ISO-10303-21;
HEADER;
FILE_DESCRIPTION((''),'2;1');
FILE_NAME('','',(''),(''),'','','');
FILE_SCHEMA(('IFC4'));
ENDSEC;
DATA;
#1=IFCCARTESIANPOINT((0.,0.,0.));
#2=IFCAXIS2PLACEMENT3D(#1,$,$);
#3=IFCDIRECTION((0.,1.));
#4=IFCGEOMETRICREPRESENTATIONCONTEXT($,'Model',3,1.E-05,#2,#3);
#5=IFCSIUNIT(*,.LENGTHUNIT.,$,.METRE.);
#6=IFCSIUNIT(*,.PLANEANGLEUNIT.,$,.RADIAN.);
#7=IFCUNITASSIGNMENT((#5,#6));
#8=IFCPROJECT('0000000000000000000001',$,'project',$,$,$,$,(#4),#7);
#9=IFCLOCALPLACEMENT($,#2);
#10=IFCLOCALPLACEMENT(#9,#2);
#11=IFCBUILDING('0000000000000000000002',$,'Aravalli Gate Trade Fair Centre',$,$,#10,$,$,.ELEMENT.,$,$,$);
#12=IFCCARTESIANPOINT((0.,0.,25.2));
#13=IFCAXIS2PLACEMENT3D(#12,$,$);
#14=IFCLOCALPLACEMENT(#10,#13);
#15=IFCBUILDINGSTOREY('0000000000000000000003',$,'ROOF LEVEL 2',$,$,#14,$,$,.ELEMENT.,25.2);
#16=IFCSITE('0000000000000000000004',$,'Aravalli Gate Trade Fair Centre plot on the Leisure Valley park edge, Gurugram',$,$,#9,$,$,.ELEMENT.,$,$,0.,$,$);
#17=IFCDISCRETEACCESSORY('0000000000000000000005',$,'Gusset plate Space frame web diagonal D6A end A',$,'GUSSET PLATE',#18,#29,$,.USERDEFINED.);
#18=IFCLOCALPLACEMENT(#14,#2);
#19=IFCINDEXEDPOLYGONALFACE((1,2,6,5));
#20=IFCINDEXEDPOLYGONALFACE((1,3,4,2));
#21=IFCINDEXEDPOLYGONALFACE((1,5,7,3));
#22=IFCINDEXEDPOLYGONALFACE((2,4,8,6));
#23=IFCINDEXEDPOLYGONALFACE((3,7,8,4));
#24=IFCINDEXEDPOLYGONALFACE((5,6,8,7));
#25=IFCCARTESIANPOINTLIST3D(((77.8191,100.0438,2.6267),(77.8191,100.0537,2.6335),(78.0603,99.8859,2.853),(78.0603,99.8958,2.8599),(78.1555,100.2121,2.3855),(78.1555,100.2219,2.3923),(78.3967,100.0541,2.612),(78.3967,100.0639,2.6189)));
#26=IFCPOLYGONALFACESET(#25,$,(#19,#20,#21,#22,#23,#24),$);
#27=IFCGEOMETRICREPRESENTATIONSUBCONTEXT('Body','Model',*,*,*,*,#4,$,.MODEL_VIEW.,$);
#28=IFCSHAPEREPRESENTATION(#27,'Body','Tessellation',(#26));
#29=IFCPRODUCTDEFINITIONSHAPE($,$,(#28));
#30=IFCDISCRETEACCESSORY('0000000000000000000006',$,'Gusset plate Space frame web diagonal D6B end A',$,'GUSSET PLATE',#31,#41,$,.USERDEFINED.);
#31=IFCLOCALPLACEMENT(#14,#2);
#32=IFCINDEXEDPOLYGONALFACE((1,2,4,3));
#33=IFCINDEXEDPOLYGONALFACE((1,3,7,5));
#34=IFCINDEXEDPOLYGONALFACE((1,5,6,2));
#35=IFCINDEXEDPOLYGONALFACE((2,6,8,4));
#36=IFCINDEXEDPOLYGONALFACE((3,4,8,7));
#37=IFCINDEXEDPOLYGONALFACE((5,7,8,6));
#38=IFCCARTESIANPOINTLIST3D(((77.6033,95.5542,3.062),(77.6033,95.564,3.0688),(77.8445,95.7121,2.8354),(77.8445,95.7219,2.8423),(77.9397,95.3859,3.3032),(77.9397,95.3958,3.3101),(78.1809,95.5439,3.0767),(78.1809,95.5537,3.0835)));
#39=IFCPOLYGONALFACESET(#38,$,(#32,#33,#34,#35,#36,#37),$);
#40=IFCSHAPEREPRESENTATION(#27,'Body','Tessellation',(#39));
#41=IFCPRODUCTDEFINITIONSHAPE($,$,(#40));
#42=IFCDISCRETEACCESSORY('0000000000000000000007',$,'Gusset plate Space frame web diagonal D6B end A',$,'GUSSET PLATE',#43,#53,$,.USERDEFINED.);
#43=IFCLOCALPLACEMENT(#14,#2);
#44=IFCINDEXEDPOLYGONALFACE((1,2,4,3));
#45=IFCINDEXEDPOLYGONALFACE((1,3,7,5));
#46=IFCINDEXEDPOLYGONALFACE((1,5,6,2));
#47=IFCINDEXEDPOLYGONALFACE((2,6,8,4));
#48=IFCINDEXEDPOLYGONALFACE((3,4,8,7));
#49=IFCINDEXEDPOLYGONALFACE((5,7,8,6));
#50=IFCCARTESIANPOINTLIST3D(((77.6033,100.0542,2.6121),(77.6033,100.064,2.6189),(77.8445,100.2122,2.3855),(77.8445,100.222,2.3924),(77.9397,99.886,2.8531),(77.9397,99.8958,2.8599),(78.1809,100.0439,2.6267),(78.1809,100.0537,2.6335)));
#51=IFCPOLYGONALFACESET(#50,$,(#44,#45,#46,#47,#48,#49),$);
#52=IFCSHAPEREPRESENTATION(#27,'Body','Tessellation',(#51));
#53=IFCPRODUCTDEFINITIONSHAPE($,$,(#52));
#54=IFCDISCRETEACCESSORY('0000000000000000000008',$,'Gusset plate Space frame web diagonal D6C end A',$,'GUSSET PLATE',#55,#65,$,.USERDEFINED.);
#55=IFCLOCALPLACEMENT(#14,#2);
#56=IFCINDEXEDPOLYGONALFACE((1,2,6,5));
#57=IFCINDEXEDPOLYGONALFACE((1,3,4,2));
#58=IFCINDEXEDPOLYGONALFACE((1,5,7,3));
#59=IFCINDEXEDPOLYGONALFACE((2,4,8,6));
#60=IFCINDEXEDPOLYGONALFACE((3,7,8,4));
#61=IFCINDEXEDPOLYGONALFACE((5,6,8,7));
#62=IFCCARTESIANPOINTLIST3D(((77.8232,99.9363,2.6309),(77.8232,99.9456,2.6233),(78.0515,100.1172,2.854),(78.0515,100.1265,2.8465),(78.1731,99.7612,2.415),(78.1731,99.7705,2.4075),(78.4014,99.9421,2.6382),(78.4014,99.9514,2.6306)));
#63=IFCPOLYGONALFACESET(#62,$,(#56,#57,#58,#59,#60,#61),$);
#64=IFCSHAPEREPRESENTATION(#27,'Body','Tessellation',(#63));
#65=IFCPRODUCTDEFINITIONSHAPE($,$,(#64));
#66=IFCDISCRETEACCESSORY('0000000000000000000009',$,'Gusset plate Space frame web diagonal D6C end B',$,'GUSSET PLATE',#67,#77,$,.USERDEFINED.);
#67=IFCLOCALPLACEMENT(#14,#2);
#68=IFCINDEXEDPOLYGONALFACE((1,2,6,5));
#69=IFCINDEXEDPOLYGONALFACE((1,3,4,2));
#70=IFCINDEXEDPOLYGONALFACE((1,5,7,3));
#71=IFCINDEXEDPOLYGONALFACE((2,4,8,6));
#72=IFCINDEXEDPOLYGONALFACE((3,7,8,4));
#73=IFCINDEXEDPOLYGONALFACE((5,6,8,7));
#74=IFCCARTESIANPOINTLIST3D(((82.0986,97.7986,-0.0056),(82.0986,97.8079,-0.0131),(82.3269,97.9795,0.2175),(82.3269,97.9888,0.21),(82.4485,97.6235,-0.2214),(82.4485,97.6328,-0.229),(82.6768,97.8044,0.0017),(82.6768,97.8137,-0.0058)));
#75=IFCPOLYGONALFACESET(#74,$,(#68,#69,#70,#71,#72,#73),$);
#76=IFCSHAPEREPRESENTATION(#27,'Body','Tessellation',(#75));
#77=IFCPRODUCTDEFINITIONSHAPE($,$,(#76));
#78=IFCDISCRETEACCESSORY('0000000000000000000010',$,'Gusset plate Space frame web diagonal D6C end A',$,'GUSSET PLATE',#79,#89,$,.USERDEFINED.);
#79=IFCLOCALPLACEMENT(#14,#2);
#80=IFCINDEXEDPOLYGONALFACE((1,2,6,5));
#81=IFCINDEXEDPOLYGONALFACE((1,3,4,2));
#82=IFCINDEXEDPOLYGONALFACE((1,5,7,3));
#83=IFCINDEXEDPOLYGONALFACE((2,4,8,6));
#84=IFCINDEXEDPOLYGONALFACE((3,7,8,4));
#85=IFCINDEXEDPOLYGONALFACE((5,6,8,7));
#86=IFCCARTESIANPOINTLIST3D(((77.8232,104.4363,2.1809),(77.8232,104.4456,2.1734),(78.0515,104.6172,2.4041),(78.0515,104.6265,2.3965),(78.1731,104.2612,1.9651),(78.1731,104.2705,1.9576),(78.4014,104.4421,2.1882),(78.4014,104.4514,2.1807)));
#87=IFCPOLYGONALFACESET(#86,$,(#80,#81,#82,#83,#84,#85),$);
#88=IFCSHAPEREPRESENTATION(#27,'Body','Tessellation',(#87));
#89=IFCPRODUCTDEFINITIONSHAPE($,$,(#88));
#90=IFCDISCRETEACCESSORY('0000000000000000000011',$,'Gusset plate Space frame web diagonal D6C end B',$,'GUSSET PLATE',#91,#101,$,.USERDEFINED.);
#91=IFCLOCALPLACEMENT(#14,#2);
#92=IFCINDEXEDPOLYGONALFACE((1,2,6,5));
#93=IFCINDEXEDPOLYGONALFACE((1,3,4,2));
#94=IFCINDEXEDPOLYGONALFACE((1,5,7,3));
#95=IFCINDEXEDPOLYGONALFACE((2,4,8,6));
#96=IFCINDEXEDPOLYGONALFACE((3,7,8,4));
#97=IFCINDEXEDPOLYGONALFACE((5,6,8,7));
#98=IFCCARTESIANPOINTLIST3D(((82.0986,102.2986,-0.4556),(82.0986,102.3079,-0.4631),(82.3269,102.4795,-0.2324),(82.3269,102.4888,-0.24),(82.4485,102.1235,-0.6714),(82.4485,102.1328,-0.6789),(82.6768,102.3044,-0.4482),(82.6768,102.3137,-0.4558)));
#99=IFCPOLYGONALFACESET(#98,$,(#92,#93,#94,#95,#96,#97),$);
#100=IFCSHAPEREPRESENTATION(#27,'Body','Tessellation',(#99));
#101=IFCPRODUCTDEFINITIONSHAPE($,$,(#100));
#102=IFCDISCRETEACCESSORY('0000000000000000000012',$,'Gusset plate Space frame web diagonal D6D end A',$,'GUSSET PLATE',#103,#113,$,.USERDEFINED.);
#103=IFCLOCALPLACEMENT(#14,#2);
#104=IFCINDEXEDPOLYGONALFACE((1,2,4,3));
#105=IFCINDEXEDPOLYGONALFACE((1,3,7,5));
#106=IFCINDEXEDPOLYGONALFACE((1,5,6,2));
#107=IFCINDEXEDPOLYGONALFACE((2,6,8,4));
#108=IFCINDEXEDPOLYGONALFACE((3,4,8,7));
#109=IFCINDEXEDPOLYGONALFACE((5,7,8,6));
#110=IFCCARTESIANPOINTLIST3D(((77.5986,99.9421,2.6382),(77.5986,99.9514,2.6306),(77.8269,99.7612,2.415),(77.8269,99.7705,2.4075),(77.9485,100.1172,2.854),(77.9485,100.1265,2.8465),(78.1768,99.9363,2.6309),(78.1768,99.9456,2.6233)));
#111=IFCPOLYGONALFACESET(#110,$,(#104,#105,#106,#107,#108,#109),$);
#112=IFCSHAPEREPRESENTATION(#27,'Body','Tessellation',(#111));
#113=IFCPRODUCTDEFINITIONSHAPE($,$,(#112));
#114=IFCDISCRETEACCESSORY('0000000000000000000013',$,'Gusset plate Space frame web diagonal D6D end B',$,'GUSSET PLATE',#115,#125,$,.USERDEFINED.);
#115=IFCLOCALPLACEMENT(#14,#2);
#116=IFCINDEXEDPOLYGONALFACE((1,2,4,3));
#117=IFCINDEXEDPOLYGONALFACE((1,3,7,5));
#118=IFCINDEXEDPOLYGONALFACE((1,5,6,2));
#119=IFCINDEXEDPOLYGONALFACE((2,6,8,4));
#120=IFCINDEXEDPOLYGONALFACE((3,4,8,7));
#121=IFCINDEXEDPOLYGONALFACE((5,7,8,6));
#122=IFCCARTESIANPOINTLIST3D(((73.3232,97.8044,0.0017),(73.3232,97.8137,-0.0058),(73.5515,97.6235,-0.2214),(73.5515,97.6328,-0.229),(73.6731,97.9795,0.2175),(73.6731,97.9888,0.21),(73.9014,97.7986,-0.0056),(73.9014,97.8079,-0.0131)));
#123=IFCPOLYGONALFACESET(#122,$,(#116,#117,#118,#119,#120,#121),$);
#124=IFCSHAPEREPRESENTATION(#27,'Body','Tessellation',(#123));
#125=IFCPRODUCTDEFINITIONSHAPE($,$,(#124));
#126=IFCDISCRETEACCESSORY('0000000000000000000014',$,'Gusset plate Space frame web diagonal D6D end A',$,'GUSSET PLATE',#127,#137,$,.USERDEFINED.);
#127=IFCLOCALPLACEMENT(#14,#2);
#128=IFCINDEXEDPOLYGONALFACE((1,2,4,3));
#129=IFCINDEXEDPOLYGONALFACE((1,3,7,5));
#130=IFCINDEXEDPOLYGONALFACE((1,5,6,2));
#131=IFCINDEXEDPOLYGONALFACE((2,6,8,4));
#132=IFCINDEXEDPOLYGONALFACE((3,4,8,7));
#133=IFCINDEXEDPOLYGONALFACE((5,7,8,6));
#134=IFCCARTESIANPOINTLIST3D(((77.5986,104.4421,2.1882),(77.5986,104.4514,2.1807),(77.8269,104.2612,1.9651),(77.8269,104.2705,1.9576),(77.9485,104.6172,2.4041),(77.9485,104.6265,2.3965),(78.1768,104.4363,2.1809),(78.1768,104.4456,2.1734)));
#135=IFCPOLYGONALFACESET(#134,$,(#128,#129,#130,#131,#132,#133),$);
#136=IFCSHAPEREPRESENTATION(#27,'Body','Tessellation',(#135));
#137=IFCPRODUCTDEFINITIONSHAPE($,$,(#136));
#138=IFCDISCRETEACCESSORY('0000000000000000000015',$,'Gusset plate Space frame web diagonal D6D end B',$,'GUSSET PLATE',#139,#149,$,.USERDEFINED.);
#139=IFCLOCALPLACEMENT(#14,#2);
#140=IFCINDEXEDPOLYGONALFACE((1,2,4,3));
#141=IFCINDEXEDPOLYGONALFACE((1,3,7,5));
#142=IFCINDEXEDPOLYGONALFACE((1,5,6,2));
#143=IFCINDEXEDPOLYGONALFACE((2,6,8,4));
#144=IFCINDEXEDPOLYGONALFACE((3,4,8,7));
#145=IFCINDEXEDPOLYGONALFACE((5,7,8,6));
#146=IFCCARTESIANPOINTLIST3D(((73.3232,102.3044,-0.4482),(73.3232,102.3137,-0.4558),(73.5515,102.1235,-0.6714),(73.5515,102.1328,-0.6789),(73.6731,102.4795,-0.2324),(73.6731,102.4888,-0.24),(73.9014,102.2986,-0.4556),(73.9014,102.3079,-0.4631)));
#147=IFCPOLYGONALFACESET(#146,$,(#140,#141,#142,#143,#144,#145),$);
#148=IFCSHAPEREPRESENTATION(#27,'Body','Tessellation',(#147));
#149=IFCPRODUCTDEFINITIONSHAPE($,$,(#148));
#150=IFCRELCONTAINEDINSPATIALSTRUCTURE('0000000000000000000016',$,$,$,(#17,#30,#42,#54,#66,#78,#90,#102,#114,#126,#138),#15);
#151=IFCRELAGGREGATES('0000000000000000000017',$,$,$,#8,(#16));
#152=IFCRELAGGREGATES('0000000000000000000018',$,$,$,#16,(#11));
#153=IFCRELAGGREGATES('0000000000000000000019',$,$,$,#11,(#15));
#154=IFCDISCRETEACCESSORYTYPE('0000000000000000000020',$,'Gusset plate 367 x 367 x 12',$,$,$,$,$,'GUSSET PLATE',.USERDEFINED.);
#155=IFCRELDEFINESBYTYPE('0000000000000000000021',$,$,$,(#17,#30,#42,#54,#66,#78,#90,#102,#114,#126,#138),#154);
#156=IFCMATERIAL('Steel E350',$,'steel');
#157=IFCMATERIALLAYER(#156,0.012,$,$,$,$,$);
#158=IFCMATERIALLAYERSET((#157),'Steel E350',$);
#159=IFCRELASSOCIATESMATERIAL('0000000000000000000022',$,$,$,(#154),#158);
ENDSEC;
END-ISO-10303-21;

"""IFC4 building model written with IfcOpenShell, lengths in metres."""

from ifc_helpers import new_model, si_unit, direction, frame, origin, place, context, subcontext, project, spatial, polyline, outline, extrude, material, layer, layer_set, type_object, element, save


model = new_model("IFC4")

# Units and contexts
model_context = context("Model", 3, precision=1e-05, world=origin(), true_north=direction((0.0, 1.0)))
body_context = subcontext(model_context, "Body", "Model", "MODEL_VIEW")
ifc_project = project(units=[si_unit("LENGTHUNIT", "METRE"), si_unit("PLANEANGLEUNIT", "RADIAN")], contexts=[model_context])

# Site, building, storey
site_placement = place(None, origin())
site = spatial("IfcSite", under=ifc_project, at=site_placement, Name="Aravalli Gate Trade Fair Centre plot on the Leisure Valley park edge, Gurugram", CompositionType="ELEMENT", RefElevation=0.0)
building_placement = place(site_placement, origin())
building = spatial("IfcBuilding", under=site, at=building_placement, Name="Aravalli Gate Trade Fair Centre", CompositionType="ELEMENT")
storey_placement = place(building_placement, frame((0.0, 0.0, 25.2)))
storey = spatial("IfcBuildingStorey", under=building, at=storey_placement, Name="ROOF LEVEL 2", CompositionType="ELEMENT", Elevation=25.2)

# Shared definitions
ifc_material_1 = material(Name="Steel E350", Category="steel")

# Discrete accessories
ifc_layer_1 = layer(ifc_material_1, 0.012)
ifc_layer_set_1 = layer_set([ifc_layer_1], Name="Steel E350")
discrete_accessory_type = type_object("IfcDiscreteAccessoryType", Name="Gusset plate 367 x 367 x 12", ElementType="GUSSET PLATE", PredefinedType="USERDEFINED", material=ifc_layer_set_1)
discrete_accessory_1_placement = place(storey_placement, frame((78.1555, 100.2219, 2.3923), z_axis=(-0.000049, 0.820141, 0.572161), x_axis=(-0.75291, -0.376583, 0.539733)))
element("IfcDiscreteAccessory", 1, at=discrete_accessory_1_placement, inside=storey, type_object=discrete_accessory_type, Name="Gusset plate Space frame web diagonal D6A end A", ObjectType="GUSSET PLATE", PredefinedType="USERDEFINED", context=body_context, shape_type="SweptSolid", body=[
    extrude(outline(polyline([(0.0, 0.0), (0.4468, 0.0), (0.4469, 0.3665), (0.0002, 0.3667), (0.0, 0.0)])), origin(), (0.0, 0.0, -1.0), 0.012),
])
discrete_accessory_2_placement = place(storey_placement, frame((77.6033, 95.564, 3.0688), z_axis=(0.000057, 0.820282, 0.57196), x_axis=(0.75291, -0.376455, 0.539822)))
element("IfcDiscreteAccessory", 2, at=discrete_accessory_2_placement, inside=storey, type_object=discrete_accessory_type, Name="Gusset plate Space frame web diagonal D6B end A", ObjectType="GUSSET PLATE", PredefinedType="USERDEFINED", context=body_context, shape_type="SweptSolid", body=[
    extrude(outline(polyline([(0.0, 0.0), (0.4468, 0.0), (0.4467, 0.3667), (-0.0002, 0.3667), (0.0, 0.0)])), origin(), (0.0, 0.0, -1.0), 0.012),
])
discrete_accessory_3_placement = place(storey_placement, frame((77.6033, 100.064, 2.6189), z_axis=(0.000049, 0.820141, 0.572161), x_axis=(0.753132, -0.376438, 0.539524)))
element("IfcDiscreteAccessory", 3, at=discrete_accessory_3_placement, inside=storey, type_object=discrete_accessory_type, Name="Gusset plate Space frame web diagonal D6B end A", ObjectType="GUSSET PLATE", PredefinedType="USERDEFINED", context=body_context, shape_type="SweptSolid", body=[
    extrude(outline(polyline([(0.0, 0.0), (0.4467, 0.0), (0.4468, 0.3665), (0.0, 0.3667), (0.0, 0.0)])), origin(), (0.0, 0.0, -1.0), 0.012),
])
discrete_accessory_4_placement = place(storey_placement, frame((78.1731, 99.7612, 2.415), z_axis=(-0.000107, -0.776736, 0.629826), x_axis=(-0.783044, 0.391795, 0.48305)))
element("IfcDiscreteAccessory", 4, at=discrete_accessory_4_placement, inside=storey, type_object=discrete_accessory_type, Name="Gusset plate Space frame web diagonal D6C end A", ObjectType="GUSSET PLATE", PredefinedType="USERDEFINED", context=body_context, shape_type="SweptSolid", body=[
    extrude(outline(polyline([(0.0, 0.0), (0.4468, 0.0), (0.4467, -0.3669), (-0.0001, -0.3669), (0.0, 0.0)])), origin(), (0.0, 0.0, -1.0), 0.012),
])
discrete_accessory_5_placement = place(storey_placement, frame((82.0986, 97.7986, -0.0056), z_axis=(-0.000107, -0.776736, 0.629826), x_axis=(0.783044, -0.391795, -0.48305)))
element("IfcDiscreteAccessory", 5, at=discrete_accessory_5_placement, inside=storey, type_object=discrete_accessory_type, Name="Gusset plate Space frame web diagonal D6C end B", ObjectType="GUSSET PLATE", PredefinedType="USERDEFINED", context=body_context, shape_type="SweptSolid", body=[
    extrude(outline(polyline([(0.0, 0.0), (0.4468, 0.0), (0.4469, 0.3669), (0.0001, 0.3669), (0.0, 0.0)])), origin(), (0.0, 0.0, -1.0), 0.012),
])
discrete_accessory_6_placement = place(storey_placement, frame((78.1731, 104.2612, 1.9651), z_axis=(-0.000107, -0.776736, 0.629826), x_axis=(-0.783044, 0.391795, 0.48305)))
element("IfcDiscreteAccessory", 6, at=discrete_accessory_6_placement, inside=storey, type_object=discrete_accessory_type, Name="Gusset plate Space frame web diagonal D6C end A", ObjectType="GUSSET PLATE", PredefinedType="USERDEFINED", context=body_context, shape_type="SweptSolid", body=[
    extrude(outline(polyline([(0.0, 0.0), (0.4468, 0.0), (0.4467, -0.3669), (-0.0001, -0.3669), (0.0, 0.0)])), origin(), (0.0, 0.0, -1.0), 0.012),
])
discrete_accessory_7_placement = place(storey_placement, frame((82.0986, 102.2986, -0.4556), z_axis=(-0.000107, -0.776736, 0.629826), x_axis=(0.783044, -0.391795, -0.48305)))
element("IfcDiscreteAccessory", 7, at=discrete_accessory_7_placement, inside=storey, type_object=discrete_accessory_type, Name="Gusset plate Space frame web diagonal D6C end B", ObjectType="GUSSET PLATE", PredefinedType="USERDEFINED", context=body_context, shape_type="SweptSolid", body=[
    extrude(outline(polyline([(0.0, 0.0), (0.4468, 0.0), (0.4469, 0.3669), (0.0001, 0.3669), (0.0, 0.0)])), origin(), (0.0, 0.0, -1.0), 0.012),
])
discrete_accessory_8_placement = place(storey_placement, frame((77.5986, 99.9421, 2.6382), z_axis=(0.000107, -0.776736, 0.629826), x_axis=(0.783044, 0.391795, 0.48305)))
element("IfcDiscreteAccessory", 8, at=discrete_accessory_8_placement, inside=storey, type_object=discrete_accessory_type, Name="Gusset plate Space frame web diagonal D6D end A", ObjectType="GUSSET PLATE", PredefinedType="USERDEFINED", context=body_context, shape_type="SweptSolid", body=[
    extrude(outline(polyline([(0.0, 0.0), (0.4468, 0.0), (0.4469, -0.3669), (0.0001, -0.3669), (0.0, 0.0)])), origin(), (0.0, 0.0, -1.0), 0.012),
])
discrete_accessory_9_placement = place(storey_placement, frame((73.6731, 97.9795, 0.2175), z_axis=(0.000107, -0.776736, 0.629826), x_axis=(-0.783044, -0.391795, -0.48305)))
element("IfcDiscreteAccessory", 9, at=discrete_accessory_9_placement, inside=storey, type_object=discrete_accessory_type, Name="Gusset plate Space frame web diagonal D6D end B", ObjectType="GUSSET PLATE", PredefinedType="USERDEFINED", context=body_context, shape_type="SweptSolid", body=[
    extrude(outline(polyline([(0.0, 0.0), (0.4468, 0.0), (0.4467, 0.3669), (-0.0001, 0.3669), (0.0, 0.0)])), origin(), (0.0, 0.0, -1.0), 0.012),
])
discrete_accessory_10_placement = place(storey_placement, frame((77.5986, 104.4421, 2.1882), z_axis=(0.000107, -0.776736, 0.629826), x_axis=(0.783044, 0.391795, 0.48305)))
element("IfcDiscreteAccessory", 10, at=discrete_accessory_10_placement, inside=storey, type_object=discrete_accessory_type, Name="Gusset plate Space frame web diagonal D6D end A", ObjectType="GUSSET PLATE", PredefinedType="USERDEFINED", context=body_context, shape_type="SweptSolid", body=[
    extrude(outline(polyline([(0.0, 0.0), (0.4468, 0.0), (0.4469, -0.3669), (0.0001, -0.3669), (0.0, 0.0)])), origin(), (0.0, 0.0, -1.0), 0.012),
])
discrete_accessory_11_placement = place(storey_placement, frame((73.6731, 102.4795, -0.2324), z_axis=(0.000107, -0.776736, 0.629826), x_axis=(-0.783044, -0.391795, -0.48305)))
element("IfcDiscreteAccessory", 11, at=discrete_accessory_11_placement, inside=storey, type_object=discrete_accessory_type, Name="Gusset plate Space frame web diagonal D6D end B", ObjectType="GUSSET PLATE", PredefinedType="USERDEFINED", context=body_context, shape_type="SweptSolid", body=[
    extrude(outline(polyline([(0.0, 0.0), (0.4468, 0.0), (0.4467, 0.3669), (-0.0001, 0.3669), (0.0, 0.0)])), origin(), (0.0, 0.0, -1.0), 0.012),
])

save(model, "model.ifc")
